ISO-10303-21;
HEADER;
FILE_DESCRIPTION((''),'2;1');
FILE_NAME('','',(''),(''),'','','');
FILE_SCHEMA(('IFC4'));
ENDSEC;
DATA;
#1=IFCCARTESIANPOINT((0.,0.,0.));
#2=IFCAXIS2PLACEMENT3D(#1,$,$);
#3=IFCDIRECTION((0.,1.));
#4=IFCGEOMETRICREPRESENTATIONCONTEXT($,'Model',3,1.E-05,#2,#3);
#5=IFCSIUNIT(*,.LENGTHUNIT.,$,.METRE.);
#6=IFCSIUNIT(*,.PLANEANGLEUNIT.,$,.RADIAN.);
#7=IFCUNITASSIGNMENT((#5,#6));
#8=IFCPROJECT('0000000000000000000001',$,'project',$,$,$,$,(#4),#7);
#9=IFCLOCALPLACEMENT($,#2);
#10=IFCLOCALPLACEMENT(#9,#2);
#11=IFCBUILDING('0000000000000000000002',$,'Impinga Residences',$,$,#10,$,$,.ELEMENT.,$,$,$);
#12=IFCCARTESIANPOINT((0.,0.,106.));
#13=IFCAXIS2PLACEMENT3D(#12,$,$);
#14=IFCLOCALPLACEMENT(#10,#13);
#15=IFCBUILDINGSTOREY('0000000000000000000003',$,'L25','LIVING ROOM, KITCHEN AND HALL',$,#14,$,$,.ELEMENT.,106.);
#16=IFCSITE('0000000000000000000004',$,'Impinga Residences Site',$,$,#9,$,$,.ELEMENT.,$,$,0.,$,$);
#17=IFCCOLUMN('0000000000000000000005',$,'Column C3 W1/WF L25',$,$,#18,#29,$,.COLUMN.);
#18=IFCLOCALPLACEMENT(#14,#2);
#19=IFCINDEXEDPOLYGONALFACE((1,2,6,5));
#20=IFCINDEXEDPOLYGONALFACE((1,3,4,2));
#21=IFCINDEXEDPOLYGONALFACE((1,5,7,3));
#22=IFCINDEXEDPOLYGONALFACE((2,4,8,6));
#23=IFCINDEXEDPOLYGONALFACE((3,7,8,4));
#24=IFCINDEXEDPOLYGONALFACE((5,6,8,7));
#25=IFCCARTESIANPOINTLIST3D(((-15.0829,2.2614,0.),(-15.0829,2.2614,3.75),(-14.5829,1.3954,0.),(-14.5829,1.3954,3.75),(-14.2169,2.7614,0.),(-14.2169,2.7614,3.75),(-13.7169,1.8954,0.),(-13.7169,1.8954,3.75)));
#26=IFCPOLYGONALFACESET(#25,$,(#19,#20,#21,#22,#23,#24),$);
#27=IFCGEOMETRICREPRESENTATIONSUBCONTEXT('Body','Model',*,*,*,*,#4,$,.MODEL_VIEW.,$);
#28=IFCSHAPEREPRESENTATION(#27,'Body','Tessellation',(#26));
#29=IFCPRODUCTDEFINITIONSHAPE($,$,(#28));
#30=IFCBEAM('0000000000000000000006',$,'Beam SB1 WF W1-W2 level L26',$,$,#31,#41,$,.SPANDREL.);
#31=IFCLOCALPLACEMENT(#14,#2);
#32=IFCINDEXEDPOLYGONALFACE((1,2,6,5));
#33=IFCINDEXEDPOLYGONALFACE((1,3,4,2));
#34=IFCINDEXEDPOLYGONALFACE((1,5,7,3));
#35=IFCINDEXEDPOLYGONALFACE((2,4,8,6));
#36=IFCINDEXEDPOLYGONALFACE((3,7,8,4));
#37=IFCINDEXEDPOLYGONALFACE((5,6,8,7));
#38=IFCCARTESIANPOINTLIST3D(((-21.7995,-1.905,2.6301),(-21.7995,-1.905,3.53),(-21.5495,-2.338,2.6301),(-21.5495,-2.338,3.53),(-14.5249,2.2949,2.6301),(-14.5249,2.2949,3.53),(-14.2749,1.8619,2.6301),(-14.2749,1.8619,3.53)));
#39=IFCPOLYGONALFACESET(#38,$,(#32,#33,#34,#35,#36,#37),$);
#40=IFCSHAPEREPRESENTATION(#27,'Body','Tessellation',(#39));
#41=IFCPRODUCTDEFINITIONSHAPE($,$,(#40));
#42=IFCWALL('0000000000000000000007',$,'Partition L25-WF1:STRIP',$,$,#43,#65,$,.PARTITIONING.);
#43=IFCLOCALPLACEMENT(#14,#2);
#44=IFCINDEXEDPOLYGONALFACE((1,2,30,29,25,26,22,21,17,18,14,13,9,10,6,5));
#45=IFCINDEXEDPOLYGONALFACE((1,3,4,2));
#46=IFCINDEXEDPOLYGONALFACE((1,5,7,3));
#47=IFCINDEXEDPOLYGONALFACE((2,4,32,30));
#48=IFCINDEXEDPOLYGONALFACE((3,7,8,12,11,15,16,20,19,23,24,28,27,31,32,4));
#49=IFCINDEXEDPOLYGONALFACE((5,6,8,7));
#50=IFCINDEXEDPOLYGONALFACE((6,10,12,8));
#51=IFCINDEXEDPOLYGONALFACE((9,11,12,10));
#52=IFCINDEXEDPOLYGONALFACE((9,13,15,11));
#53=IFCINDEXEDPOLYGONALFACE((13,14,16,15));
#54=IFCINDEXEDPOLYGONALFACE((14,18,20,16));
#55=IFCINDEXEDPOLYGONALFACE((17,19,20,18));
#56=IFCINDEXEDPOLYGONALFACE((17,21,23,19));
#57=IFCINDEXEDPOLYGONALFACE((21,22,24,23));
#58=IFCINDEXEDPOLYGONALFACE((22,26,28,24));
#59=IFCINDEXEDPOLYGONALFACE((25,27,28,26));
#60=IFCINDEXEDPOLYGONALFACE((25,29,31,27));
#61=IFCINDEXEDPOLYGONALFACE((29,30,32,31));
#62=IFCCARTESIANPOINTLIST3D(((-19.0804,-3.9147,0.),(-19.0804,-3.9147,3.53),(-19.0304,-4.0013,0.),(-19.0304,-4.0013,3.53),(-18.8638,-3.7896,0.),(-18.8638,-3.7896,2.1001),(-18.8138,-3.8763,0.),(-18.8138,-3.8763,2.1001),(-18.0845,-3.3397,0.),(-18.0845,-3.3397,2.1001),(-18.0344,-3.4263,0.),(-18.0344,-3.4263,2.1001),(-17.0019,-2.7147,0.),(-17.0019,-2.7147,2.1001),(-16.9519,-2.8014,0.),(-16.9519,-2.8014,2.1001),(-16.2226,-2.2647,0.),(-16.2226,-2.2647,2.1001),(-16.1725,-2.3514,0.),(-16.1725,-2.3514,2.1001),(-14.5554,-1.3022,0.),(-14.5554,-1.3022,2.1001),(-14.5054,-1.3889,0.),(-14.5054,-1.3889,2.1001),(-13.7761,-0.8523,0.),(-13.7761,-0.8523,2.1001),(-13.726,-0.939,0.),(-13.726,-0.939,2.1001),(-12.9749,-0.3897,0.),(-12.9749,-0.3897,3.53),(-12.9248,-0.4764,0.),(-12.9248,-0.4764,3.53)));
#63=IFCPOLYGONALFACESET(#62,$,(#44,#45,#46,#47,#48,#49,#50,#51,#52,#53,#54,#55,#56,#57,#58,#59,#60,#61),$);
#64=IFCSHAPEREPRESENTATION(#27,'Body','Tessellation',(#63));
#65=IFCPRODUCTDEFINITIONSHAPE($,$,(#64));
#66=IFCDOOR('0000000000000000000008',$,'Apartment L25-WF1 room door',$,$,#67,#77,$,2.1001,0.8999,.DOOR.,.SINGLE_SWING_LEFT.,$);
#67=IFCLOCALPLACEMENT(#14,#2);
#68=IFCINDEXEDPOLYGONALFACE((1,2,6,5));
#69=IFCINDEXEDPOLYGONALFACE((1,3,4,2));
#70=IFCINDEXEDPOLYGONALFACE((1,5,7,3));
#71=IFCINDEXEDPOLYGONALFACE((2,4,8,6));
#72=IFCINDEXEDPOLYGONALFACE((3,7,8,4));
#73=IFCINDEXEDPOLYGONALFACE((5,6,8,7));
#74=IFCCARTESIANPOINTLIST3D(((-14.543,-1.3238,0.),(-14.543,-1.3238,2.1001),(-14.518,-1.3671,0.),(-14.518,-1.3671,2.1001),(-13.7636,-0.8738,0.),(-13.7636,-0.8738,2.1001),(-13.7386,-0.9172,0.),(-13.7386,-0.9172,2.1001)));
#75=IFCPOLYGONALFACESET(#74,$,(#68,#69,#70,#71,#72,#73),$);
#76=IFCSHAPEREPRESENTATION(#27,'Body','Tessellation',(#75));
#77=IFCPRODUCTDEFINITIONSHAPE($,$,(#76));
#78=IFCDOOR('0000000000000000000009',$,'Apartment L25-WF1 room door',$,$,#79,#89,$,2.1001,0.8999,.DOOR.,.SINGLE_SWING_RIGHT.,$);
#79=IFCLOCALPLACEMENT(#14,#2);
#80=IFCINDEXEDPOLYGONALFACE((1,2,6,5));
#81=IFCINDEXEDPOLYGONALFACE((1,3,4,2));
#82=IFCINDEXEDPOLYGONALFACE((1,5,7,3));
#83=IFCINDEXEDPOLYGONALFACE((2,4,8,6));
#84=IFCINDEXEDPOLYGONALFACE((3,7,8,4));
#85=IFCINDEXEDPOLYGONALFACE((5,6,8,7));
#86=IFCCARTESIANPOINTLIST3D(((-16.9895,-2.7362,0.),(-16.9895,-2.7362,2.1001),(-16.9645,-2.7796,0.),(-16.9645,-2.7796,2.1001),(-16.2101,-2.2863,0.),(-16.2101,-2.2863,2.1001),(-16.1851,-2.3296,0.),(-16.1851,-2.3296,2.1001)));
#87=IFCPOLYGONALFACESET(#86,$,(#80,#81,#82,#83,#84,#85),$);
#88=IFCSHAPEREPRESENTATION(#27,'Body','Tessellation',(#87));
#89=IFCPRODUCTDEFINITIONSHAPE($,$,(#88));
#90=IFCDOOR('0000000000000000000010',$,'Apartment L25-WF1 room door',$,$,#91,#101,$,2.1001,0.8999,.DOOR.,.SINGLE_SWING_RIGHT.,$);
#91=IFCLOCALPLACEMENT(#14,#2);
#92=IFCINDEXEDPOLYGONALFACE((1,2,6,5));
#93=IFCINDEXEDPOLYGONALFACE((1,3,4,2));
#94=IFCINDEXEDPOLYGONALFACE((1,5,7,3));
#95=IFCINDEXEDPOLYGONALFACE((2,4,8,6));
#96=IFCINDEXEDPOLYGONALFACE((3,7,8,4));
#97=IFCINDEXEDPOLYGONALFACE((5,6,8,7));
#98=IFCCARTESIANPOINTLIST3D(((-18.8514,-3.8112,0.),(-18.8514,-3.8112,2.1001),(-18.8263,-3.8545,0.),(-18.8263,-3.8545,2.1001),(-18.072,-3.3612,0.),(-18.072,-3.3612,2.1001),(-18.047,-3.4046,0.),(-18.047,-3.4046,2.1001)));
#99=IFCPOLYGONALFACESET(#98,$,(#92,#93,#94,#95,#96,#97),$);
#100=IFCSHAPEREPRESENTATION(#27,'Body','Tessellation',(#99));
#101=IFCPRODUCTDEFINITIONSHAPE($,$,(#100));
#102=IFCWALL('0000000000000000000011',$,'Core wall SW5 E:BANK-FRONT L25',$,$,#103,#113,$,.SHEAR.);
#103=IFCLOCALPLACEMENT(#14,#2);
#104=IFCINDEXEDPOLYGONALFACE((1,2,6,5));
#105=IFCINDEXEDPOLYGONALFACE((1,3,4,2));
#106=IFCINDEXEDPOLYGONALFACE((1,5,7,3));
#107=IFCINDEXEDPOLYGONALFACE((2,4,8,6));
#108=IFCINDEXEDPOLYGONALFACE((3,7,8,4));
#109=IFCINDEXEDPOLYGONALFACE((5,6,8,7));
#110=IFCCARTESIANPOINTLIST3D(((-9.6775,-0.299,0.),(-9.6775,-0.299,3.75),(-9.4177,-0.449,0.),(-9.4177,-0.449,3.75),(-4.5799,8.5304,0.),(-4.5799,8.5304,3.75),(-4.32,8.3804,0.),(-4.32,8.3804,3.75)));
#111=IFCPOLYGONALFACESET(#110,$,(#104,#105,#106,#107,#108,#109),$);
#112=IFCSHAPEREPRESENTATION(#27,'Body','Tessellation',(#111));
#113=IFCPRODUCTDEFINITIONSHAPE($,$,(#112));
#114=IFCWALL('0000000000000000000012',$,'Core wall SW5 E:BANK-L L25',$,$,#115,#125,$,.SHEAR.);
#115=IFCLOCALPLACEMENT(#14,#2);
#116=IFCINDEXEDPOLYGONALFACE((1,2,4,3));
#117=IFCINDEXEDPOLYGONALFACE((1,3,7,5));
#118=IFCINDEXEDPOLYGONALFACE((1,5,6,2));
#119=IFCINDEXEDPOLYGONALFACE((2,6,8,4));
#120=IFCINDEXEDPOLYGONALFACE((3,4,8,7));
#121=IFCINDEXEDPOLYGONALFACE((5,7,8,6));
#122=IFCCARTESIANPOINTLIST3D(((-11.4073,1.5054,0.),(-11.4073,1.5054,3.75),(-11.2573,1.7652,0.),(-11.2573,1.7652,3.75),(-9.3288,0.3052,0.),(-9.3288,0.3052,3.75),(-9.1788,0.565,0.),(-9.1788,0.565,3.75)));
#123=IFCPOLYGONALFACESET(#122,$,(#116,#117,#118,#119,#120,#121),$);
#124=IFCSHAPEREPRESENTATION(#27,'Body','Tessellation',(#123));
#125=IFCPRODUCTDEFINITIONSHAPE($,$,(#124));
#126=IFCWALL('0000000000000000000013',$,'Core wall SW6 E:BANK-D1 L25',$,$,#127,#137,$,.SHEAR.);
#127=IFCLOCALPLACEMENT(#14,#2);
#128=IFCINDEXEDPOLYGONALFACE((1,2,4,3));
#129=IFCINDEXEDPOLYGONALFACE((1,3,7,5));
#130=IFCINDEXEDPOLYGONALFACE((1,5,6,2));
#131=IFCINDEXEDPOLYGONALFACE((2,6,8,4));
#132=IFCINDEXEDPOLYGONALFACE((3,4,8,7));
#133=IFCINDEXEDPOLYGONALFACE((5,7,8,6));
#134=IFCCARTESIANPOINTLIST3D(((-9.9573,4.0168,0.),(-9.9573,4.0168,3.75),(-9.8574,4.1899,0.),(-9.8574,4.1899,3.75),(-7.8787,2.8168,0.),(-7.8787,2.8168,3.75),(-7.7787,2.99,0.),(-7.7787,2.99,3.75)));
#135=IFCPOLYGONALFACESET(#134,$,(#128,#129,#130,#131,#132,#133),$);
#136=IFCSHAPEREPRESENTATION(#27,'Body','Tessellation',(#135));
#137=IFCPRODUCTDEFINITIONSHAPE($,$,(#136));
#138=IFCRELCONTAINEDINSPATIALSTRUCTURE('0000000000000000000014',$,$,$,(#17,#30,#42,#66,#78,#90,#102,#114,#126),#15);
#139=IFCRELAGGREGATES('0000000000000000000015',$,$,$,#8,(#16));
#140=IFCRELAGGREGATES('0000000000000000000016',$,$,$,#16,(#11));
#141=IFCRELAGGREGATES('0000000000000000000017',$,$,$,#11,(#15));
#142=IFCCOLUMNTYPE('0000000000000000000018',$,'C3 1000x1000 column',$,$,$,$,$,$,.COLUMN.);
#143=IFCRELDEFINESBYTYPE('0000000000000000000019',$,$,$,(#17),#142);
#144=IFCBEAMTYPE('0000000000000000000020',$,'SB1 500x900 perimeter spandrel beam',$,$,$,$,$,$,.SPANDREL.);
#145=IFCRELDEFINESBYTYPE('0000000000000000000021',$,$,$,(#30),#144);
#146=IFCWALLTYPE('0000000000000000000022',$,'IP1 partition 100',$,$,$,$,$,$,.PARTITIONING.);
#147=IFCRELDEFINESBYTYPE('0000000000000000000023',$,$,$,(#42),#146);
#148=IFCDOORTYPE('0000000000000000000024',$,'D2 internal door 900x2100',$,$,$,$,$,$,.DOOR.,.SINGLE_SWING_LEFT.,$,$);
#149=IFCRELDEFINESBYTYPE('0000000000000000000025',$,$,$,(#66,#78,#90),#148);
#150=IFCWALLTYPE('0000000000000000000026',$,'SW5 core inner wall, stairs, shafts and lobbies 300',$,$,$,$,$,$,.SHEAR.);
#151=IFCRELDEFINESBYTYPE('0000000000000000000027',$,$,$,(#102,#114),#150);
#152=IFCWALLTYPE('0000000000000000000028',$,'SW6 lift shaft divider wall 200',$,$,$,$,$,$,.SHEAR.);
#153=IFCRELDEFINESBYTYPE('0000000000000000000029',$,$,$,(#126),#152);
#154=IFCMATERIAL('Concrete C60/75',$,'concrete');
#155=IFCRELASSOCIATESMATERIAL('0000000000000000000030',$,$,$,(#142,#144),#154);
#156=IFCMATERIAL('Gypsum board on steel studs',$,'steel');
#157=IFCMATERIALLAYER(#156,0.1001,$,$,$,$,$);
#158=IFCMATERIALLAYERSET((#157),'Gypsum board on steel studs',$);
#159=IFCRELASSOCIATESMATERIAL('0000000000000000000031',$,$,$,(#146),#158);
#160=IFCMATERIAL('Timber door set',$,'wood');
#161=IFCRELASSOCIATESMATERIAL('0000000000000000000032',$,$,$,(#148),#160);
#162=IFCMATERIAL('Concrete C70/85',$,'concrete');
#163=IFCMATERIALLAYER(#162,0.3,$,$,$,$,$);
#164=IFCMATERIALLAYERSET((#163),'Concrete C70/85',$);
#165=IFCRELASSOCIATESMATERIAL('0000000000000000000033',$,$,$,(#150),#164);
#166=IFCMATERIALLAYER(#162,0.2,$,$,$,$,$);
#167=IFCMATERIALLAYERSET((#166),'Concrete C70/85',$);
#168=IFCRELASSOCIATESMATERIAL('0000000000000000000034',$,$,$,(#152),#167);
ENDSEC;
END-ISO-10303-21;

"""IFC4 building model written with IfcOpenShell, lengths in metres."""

from ifc_helpers import new_model, si_unit, direction, frame, frame_2d, origin, origin_2d, place, context, subcontext, project, spatial, rectangle, extrude, material, layer, layer_set, material_profile, profile_set, type_object, element, fill, save


model = new_model("IFC4")

# Units and contexts
model_context = context("Model", 3, precision=1e-05, world=origin(), true_north=direction((0.0, 1.0)))
body_context = subcontext(model_context, "Body", "Model", "MODEL_VIEW")
ifc_project = project(units=[si_unit("LENGTHUNIT", "METRE"), si_unit("PLANEANGLEUNIT", "RADIAN")], contexts=[model_context])

# Site, building, storey
site_placement = place(None, origin())
site = spatial("IfcSite", under=ifc_project, at=site_placement, Name="Impinga Residences Site", CompositionType="ELEMENT", RefElevation=0.0)
building_placement = place(site_placement, origin())
building = spatial("IfcBuilding", under=site, at=building_placement, Name="Impinga Residences", CompositionType="ELEMENT")
storey_placement = place(building_placement, frame((0.0, 0.0, 106.0)))
storey = spatial("IfcBuildingStorey", under=building, at=storey_placement, Name="L25", Description="LIVING ROOM, KITCHEN AND HALL", CompositionType="ELEMENT", Elevation=106.0)

# Column
ifc_material_1 = material(Name="Concrete C60/75", Category="concrete")
ifc_material_profile_1 = material_profile(ifc_material_1, rectangle(XDim=1.0, YDim=1.0, at=origin_2d()), Name="RC 1000x1000")
ifc_profile_set_1 = profile_set([ifc_material_profile_1], Name="Concrete C60/75")
column_type = type_object("IfcColumnType", Name="C3 1000x1000 column", PredefinedType="COLUMN", material=ifc_profile_set_1)
column_placement = place(storey_placement, frame((-14.3999, 2.0784, 0.0), z_axis=(0.0, 0.0, 1.0), x_axis=(-0.5, 0.866025, 0.0)))
element("IfcColumn", 1, at=column_placement, inside=storey, type_object=column_type, Name="Column C3 W1/WF L25", PredefinedType="COLUMN", context=body_context, shape_type="SweptSolid", body=[
    extrude(rectangle(XDim=1.0, YDim=1.0, at=origin_2d()), origin(), (0.0, 0.0, 1.0), 3.75),
])

# Beam
ifc_material_profile_2 = material_profile(ifc_material_1, rectangle(XDim=0.5, YDim=0.8999, at=origin_2d()), Name="RC 500x900")
ifc_profile_set_2 = profile_set([ifc_material_profile_2], Name="Concrete C60/75")
beam_type = type_object("IfcBeamType", Name="SB1 500x900 perimeter spandrel beam", PredefinedType="SPANDREL", material=ifc_profile_set_2)
beam_placement = place(storey_placement, frame((-14.3999, 2.0784, 3.0801), z_axis=(-0.866029, -0.499993, 0.0), x_axis=(0.499993, -0.866029, 0.0)))
element("IfcBeam", 2, at=beam_placement, inside=storey, type_object=beam_type, Name="Beam SB1 WF W1-W2 level L26", PredefinedType="SPANDREL", context=body_context, shape_type="SweptSolid", body=[
    extrude(rectangle(XDim=0.5, YDim=0.8999, at=origin_2d()), origin(), (0.0, 0.0, 1.0), 8.3999),
])

# Wall, openings, doors
ifc_material_2 = material(Name="Gypsum board on steel studs", Category="steel")
ifc_layer_1 = layer(ifc_material_2, 0.1001)
ifc_layer_set_1 = layer_set([ifc_layer_1], Name="Gypsum board on steel studs")
wall_type_1 = type_object("IfcWallType", Name="IP1 partition 100", PredefinedType="PARTITIONING", material=ifc_layer_set_1)
wall_1_placement = place(storey_placement, frame((-12.95, -0.4331, 0.0), z_axis=(0.0, 0.0, 1.0), x_axis=(-0.866031, -0.49999, 0.0)))
wall_1 = element("IfcWall", 3, at=wall_1_placement, inside=storey, type_object=wall_type_1, Name="Partition L25-WF1:STRIP", PredefinedType="PARTITIONING", context=body_context, shape_type="SweptSolid", body=[
    extrude(rectangle(XDim=7.05, YDim=0.1001, at=frame_2d((3.5249, 0.0))), origin(), (0.0, 0.0, 1.0), 3.53),
])
opening_1_placement = place(wall_1_placement, frame((0.925, 0.0, 0.0)))
opening_1 = element("IfcOpeningElement", 4, at=opening_1_placement, cuts=wall_1, PredefinedType="OPENING", context=body_context, shape_type="SweptSolid", body=[
    extrude(rectangle(XDim=0.8999, YDim=2.1001, at=frame_2d((0.45, 1.05))), frame((0.0, 0.0601, 0.0), z_axis=(0.0, -1.0, 0.0), x_axis=(1.0, 0.0, 0.0)), (0.0, 0.0, 1.0), 0.1201),
])
opening_2_placement = place(wall_1_placement, frame((3.75, 0.0, 0.0)))
opening_2 = element("IfcOpeningElement", 5, at=opening_2_placement, cuts=wall_1, PredefinedType="OPENING", context=body_context, shape_type="SweptSolid", body=[
    extrude(rectangle(XDim=0.8999, YDim=2.1001, at=frame_2d((0.45, 1.05))), frame((0.0, 0.0601, 0.0), z_axis=(0.0, -1.0, 0.0), x_axis=(1.0, 0.0, 0.0)), (0.0, 0.0, 1.0), 0.1201),
])
opening_3_placement = place(wall_1_placement, frame((5.8999, 0.0, 0.0)))
opening_3 = element("IfcOpeningElement", 6, at=opening_3_placement, cuts=wall_1, PredefinedType="OPENING", context=body_context, shape_type="SweptSolid", body=[
    extrude(rectangle(XDim=0.8999, YDim=2.1001, at=frame_2d((0.45, 1.05))), frame((0.0, 0.0601, 0.0), z_axis=(0.0, -1.0, 0.0), x_axis=(1.0, 0.0, 0.0)), (0.0, 0.0, 1.0), 0.1201),
])
ifc_material_3 = material(Name="Timber door set", Category="wood")
door_type = type_object("IfcDoorType", Name="D2 internal door 900x2100", OperationType="SINGLE_SWING_LEFT", PredefinedType="DOOR", material=ifc_material_3)
door_1_placement = place(opening_1_placement, origin())
door_1 = element("IfcDoor", 7, at=door_1_placement, inside=storey, type_object=door_type, Name="Apartment L25-WF1 room door", OperationType="SINGLE_SWING_LEFT", OverallHeight=2.1001, OverallWidth=0.8999, PredefinedType="DOOR", context=body_context, shape_type="SweptSolid", body=[
    extrude(rectangle(XDim=0.8999, YDim=2.1001, at=frame_2d((0.45, 1.05))), frame((0.0, 0.0249, 0.0), z_axis=(0.0, -1.0, 0.0), x_axis=(1.0, 0.0, 0.0)), (0.0, 0.0, 1.0), 0.05),
])
fill(opening_1, door_1)
door_2_placement = place(opening_2_placement, origin())
door_2 = element("IfcDoor", 8, at=door_2_placement, inside=storey, type_object=door_type, Name="Apartment L25-WF1 room door", OperationType="SINGLE_SWING_RIGHT", OverallHeight=2.1001, OverallWidth=0.8999, PredefinedType="DOOR", context=body_context, shape_type="SweptSolid", body=[
    extrude(rectangle(XDim=0.8999, YDim=2.1001, at=frame_2d((0.45, 1.05))), frame((0.0, 0.0249, 0.0), z_axis=(0.0, -1.0, 0.0), x_axis=(1.0, 0.0, 0.0)), (0.0, 0.0, 1.0), 0.05),
])
fill(opening_2, door_2)
door_3_placement = place(opening_3_placement, origin())
door_3 = element("IfcDoor", 9, at=door_3_placement, inside=storey, type_object=door_type, Name="Apartment L25-WF1 room door", OperationType="SINGLE_SWING_RIGHT", OverallHeight=2.1001, OverallWidth=0.8999, PredefinedType="DOOR", context=body_context, shape_type="SweptSolid", body=[
    extrude(rectangle(XDim=0.8999, YDim=2.1001, at=frame_2d((0.45, 1.05))), frame((0.0, 0.0249, 0.0), z_axis=(0.0, -1.0, 0.0), x_axis=(1.0, 0.0, 0.0)), (0.0, 0.0, 1.0), 0.05),
])
fill(opening_3, door_3)

# Walls
ifc_material_4 = material(Name="Concrete C70/85", Category="concrete")
ifc_layer_2 = layer(ifc_material_4, 0.3)
ifc_layer_set_2 = layer_set([ifc_layer_2], Name="Concrete C70/85")
wall_type_2 = type_object("IfcWallType", Name="SW5 core inner wall, stairs, shafts and lobbies 300", PredefinedType="SHEAR", material=ifc_layer_set_2)
wall_2_placement = place(storey_placement, frame((-9.5476, -0.374, 0.0), z_axis=(0.0, 0.0, 1.0), x_axis=(0.500002, 0.866024, 0.0)))
element("IfcWall", 10, at=wall_2_placement, inside=storey, type_object=wall_type_2, Name="Core wall SW5 E:BANK-FRONT L25", PredefinedType="SHEAR", context=body_context, shape_type="SweptSolid", body=[
    extrude(rectangle(XDim=10.1953, YDim=0.3, at=frame_2d((5.0977, 0.0))), origin(), (0.0, 0.0, 1.0), 3.75),
])
wall_3_placement = place(storey_placement, frame((-9.2537, 0.4351, 0.0), z_axis=(0.0, 0.0, 1.0), x_axis=(-0.866006, 0.500034, 0.0)))
element("IfcWall", 11, at=wall_3_placement, inside=storey, type_object=wall_type_2, Name="Core wall SW5 E:BANK-L L25", PredefinedType="SHEAR", context=body_context, shape_type="SweptSolid", body=[
    extrude(rectangle(XDim=2.4001, YDim=0.3, at=frame_2d((1.2002, 0.0))), origin(), (0.0, 0.0, 1.0), 3.75),
])
ifc_layer_3 = layer(ifc_material_4, 0.2)
ifc_layer_set_3 = layer_set([ifc_layer_3], Name="Concrete C70/85")
wall_type_3 = type_object("IfcWallType", Name="SW6 lift shaft divider wall 200", PredefinedType="SHEAR", material=ifc_layer_set_3)
wall_4_placement = place(storey_placement, frame((-7.8286, 2.9033, 0.0), z_axis=(0.0, 0.0, 1.0), x_axis=(-0.86605, 0.499957, 0.0)))
element("IfcWall", 12, at=wall_4_placement, inside=storey, type_object=wall_type_3, Name="Core wall SW6 E:BANK-D1 L25", PredefinedType="SHEAR", context=body_context, shape_type="SweptSolid", body=[
    extrude(rectangle(XDim=2.4001, YDim=0.2, at=frame_2d((1.2002, 0.0))), origin(), (0.0, 0.0, 1.0), 3.75),
])

save(model, "model.ifc")
